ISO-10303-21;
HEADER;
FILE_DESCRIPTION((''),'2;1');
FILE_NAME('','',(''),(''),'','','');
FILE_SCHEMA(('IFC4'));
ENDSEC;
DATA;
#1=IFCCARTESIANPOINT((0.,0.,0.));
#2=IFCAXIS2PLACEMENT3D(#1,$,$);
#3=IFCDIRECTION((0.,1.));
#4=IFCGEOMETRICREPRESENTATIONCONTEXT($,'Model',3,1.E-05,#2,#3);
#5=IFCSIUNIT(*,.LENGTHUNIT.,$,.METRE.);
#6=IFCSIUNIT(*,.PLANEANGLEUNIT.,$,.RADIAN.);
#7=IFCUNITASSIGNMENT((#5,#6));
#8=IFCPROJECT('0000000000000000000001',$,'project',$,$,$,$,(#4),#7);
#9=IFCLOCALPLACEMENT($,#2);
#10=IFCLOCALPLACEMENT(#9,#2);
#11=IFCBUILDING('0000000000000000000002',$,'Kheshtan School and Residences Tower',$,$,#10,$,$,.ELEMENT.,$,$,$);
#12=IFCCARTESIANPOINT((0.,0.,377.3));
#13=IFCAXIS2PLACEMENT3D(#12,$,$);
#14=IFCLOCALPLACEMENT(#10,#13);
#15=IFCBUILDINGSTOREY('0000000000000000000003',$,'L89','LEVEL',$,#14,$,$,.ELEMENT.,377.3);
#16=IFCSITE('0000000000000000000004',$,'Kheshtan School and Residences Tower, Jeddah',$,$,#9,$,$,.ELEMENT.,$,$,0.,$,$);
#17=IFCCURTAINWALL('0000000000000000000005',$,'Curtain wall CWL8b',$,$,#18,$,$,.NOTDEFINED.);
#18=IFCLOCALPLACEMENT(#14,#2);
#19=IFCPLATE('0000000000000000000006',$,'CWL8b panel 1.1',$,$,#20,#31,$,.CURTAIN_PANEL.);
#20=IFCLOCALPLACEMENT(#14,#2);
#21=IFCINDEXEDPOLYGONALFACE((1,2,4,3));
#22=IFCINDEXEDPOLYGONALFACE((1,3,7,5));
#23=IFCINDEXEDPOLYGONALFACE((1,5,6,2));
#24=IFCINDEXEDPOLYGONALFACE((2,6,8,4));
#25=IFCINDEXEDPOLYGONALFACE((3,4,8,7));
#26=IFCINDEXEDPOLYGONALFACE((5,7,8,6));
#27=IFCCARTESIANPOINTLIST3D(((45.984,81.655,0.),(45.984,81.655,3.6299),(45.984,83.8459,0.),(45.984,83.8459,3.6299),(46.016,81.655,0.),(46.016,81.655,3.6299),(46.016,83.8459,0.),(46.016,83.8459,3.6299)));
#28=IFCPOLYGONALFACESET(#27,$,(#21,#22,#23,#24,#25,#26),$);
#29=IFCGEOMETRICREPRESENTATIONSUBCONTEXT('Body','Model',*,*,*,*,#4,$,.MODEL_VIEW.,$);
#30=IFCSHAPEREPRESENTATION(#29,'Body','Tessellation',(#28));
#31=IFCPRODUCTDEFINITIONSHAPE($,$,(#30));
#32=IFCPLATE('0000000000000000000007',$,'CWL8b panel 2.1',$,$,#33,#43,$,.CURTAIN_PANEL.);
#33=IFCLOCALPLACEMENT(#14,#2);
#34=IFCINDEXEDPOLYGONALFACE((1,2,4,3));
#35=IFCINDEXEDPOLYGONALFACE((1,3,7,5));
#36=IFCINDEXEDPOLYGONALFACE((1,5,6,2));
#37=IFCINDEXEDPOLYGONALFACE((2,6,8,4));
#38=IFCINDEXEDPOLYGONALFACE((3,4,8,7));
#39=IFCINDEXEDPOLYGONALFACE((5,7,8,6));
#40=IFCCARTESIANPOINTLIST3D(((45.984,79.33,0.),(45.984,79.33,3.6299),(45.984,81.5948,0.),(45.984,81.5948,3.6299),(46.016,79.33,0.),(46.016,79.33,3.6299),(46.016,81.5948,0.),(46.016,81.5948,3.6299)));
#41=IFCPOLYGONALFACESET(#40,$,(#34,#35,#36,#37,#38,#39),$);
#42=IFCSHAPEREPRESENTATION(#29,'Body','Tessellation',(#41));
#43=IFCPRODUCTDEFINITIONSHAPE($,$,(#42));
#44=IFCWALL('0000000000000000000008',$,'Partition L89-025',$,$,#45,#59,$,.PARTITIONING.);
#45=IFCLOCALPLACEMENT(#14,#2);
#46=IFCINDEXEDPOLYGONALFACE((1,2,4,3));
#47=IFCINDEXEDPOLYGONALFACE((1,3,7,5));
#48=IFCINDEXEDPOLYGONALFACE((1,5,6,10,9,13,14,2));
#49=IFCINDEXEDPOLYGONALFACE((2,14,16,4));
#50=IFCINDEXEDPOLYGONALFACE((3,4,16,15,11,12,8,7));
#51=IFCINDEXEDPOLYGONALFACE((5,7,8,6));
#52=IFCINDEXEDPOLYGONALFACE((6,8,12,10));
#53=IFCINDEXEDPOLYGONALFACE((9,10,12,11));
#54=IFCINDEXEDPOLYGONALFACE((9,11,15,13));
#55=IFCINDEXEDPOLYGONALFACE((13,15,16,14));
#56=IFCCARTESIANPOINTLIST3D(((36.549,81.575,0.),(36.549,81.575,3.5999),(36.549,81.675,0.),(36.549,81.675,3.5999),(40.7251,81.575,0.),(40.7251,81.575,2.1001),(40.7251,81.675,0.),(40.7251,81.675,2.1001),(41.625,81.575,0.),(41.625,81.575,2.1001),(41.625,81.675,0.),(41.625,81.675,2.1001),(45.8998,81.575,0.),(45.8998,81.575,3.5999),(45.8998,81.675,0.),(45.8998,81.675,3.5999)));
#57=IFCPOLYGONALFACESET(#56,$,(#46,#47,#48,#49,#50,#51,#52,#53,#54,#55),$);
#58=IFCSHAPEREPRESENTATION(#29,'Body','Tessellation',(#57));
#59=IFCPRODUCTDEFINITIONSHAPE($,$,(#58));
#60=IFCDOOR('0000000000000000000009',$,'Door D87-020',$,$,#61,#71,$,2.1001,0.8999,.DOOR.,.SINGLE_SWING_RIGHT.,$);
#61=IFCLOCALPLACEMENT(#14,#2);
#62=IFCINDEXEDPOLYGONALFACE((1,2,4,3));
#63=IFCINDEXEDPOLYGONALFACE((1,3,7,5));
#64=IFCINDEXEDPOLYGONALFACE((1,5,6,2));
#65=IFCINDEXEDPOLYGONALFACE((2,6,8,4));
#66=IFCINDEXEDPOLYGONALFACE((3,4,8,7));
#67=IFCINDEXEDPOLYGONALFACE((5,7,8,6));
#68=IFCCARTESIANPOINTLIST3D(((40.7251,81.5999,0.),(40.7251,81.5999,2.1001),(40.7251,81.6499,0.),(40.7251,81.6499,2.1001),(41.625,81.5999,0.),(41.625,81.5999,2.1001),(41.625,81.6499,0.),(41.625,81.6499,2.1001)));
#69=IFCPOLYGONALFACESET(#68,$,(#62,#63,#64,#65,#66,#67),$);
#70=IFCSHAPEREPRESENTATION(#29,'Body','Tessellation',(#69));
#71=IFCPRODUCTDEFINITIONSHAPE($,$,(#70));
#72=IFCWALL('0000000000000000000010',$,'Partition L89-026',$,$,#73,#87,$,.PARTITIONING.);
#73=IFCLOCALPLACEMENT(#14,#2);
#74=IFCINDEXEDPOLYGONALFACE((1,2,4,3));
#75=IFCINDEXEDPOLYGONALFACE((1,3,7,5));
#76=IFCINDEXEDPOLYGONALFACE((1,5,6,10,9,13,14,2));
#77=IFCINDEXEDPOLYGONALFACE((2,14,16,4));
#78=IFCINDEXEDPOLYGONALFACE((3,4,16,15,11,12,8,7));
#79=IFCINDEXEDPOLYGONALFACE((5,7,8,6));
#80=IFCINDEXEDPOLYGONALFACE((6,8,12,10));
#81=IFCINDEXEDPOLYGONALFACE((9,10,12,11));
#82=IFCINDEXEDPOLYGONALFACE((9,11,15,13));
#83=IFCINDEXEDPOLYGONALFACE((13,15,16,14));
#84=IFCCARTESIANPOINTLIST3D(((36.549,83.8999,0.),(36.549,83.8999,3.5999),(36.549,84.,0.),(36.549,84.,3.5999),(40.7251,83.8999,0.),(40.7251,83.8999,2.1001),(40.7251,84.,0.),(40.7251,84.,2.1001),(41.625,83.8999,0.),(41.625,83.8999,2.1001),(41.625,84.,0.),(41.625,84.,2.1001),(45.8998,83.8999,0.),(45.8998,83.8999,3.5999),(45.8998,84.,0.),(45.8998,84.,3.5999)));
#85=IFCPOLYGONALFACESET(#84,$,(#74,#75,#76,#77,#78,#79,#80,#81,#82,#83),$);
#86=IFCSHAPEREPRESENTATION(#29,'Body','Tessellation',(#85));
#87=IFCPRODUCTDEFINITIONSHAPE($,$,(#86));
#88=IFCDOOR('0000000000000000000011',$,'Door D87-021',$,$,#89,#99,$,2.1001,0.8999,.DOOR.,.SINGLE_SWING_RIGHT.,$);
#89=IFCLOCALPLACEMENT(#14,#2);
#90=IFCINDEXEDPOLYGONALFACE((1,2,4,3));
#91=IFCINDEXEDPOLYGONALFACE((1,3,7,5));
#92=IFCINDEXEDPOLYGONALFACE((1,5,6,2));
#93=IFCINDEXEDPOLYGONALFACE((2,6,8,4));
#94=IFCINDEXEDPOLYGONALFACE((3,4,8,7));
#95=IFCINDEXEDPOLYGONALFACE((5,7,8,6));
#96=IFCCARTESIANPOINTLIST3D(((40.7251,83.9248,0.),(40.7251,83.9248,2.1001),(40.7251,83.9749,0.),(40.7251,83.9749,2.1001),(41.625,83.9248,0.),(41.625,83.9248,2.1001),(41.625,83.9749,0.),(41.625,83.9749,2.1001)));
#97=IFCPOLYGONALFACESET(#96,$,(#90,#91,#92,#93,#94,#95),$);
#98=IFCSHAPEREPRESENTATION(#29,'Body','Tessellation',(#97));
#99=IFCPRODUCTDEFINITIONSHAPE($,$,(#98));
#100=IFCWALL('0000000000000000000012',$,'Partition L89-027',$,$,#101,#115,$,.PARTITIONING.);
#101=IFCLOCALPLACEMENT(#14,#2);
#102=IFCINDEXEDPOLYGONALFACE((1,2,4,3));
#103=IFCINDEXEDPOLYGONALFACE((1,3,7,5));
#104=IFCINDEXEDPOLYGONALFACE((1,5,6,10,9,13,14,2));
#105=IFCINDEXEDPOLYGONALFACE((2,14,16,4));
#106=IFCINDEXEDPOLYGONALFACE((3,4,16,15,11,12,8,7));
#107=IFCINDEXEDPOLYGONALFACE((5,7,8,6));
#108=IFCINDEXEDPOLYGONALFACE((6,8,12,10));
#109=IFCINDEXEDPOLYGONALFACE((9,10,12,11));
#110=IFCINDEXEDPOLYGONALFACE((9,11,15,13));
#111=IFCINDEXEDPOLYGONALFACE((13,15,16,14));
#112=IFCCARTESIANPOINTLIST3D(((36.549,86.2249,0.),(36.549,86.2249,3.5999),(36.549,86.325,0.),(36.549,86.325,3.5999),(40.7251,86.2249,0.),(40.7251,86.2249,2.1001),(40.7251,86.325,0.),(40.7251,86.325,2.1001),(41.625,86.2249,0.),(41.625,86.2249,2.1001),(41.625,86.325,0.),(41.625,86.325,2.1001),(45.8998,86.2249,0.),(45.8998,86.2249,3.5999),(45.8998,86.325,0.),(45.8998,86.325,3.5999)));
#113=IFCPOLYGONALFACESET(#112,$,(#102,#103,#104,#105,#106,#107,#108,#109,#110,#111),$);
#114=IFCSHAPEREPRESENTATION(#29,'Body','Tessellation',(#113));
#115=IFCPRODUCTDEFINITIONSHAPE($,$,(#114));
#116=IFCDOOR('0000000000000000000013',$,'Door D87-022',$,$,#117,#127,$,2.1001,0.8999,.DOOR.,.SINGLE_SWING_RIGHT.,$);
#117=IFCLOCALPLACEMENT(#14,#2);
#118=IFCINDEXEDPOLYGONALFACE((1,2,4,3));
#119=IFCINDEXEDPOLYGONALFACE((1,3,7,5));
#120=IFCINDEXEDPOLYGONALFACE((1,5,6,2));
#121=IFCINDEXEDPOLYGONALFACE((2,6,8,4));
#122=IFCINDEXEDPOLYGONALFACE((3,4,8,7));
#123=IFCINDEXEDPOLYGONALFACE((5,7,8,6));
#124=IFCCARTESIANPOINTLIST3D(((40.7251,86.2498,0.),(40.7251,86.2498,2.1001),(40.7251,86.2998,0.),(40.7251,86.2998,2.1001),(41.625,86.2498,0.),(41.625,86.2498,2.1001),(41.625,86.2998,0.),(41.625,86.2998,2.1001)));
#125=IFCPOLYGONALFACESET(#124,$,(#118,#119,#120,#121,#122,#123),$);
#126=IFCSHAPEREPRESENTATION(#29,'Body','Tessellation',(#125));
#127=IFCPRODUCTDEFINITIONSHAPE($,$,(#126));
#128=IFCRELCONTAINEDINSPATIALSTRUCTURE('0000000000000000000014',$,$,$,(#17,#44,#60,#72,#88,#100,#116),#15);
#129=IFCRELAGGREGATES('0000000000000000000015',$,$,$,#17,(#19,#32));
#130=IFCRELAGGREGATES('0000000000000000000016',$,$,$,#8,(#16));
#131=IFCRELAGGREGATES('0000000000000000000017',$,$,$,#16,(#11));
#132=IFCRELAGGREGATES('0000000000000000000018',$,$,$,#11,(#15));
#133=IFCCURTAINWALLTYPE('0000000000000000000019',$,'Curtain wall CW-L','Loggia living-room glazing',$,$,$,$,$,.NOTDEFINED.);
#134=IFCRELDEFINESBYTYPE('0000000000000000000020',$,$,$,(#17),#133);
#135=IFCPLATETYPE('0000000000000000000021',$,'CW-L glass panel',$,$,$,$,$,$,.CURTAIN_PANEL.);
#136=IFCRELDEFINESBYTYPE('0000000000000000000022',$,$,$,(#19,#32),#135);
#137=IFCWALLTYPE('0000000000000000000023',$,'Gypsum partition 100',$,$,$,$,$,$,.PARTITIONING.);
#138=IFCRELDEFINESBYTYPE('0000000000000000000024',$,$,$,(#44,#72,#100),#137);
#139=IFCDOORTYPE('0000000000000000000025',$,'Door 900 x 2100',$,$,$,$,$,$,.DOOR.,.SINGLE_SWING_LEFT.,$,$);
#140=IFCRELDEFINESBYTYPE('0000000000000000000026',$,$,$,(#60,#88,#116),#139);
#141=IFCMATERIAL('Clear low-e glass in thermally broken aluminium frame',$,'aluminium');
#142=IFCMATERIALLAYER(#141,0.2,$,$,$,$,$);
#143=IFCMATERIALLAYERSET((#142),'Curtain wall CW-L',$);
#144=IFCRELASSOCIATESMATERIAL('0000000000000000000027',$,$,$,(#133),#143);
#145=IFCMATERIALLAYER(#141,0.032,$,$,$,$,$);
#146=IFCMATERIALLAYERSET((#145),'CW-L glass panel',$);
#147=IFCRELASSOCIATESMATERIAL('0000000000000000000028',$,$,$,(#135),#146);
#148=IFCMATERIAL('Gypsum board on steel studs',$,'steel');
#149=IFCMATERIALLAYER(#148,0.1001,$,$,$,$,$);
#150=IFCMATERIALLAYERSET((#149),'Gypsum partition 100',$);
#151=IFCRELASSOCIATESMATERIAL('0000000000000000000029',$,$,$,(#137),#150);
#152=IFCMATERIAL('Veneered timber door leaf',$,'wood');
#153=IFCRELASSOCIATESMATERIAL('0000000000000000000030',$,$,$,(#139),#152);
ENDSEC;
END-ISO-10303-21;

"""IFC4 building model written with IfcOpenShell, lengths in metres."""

from ifc_helpers import new_model, si_unit, direction, frame, frame_2d, origin, origin_2d, place, context, subcontext, project, spatial, rectangle, extrude, source, transform, mapped, material, layer, layer_set, type_object, element, fill, aggregate, save


model = new_model("IFC4")

# Units and contexts
model_context = context("Model", 3, precision=1e-05, world=origin(), true_north=direction((0.0, 1.0)))
body_context = subcontext(model_context, "Body", "Model", "MODEL_VIEW")
ifc_project = project(units=[si_unit("LENGTHUNIT", "METRE"), si_unit("PLANEANGLEUNIT", "RADIAN")], contexts=[model_context])

# Site, building, storey
site_placement = place(None, origin())
site = spatial("IfcSite", under=ifc_project, at=site_placement, Name="Kheshtan School and Residences Tower, Jeddah", CompositionType="ELEMENT", RefElevation=0.0)
building_placement = place(site_placement, origin())
building = spatial("IfcBuilding", under=site, at=building_placement, Name="Kheshtan School and Residences Tower", CompositionType="ELEMENT")
storey_placement = place(building_placement, frame((0.0, 0.0, 377.3)))
storey = spatial("IfcBuildingStorey", under=building, at=storey_placement, Name="L89", Description="LEVEL", CompositionType="ELEMENT", Elevation=377.3)

# Shared definitions
ifc_material_1 = material(Name="Clear low-e glass in thermally broken aluminium frame", Category="aluminium")
ifc_layer_1 = layer(ifc_material_1, 0.2)
ifc_layer_set_1 = layer_set([ifc_layer_1], Name="Curtain wall CW-L")
curtain_wall_type = type_object("IfcCurtainWallType", Name="Curtain wall CW-L", Description="Loggia living-room glazing", PredefinedType="NOTDEFINED", material=ifc_layer_set_1)

# Curtain wall
curtain_wall_1_placement = place(storey_placement, origin())
curtain_wall_1 = element("IfcCurtainWall", 1, at=curtain_wall_1_placement, inside=storey, type_object=curtain_wall_type, Name="Curtain wall CWL8b", PredefinedType="NOTDEFINED")

# Plates
ifc_layer_2 = layer(ifc_material_1, 0.032)
ifc_layer_set_2 = layer_set([ifc_layer_2], Name="CW-L glass panel")
plate_type = type_object("IfcPlateType", Name="CW-L glass panel", PredefinedType="CURTAIN_PANEL", material=ifc_layer_set_2)
plate_1_placement = place(storey_placement, frame((46.0, 82.7505, 0.0), z_axis=(0.0, 0.0, 1.0), x_axis=(0.0, -1.0, 0.0)))
plate_1 = element("IfcPlate", 2, at=plate_1_placement, type_object=plate_type, Name="CWL8b panel 1.1", PredefinedType="CURTAIN_PANEL", context=body_context, shape_type="SweptSolid", body=[
    extrude(rectangle(XDim=2.1909, YDim=0.032, at=origin_2d()), origin(), (0.0, 0.0, 1.0), 3.6299),
])
plate_2_placement = place(storey_placement, frame((46.0, 80.4624, 0.0), z_axis=(0.0, 0.0, 1.0), x_axis=(0.0, -1.0, 0.0)))
plate_2 = element("IfcPlate", 3, at=plate_2_placement, type_object=plate_type, Name="CWL8b panel 2.1", PredefinedType="CURTAIN_PANEL", context=body_context, shape_type="SweptSolid", body=[
    extrude(rectangle(XDim=2.2649, YDim=0.032, at=origin_2d()), origin(), (0.0, 0.0, 1.0), 3.6299),
])
aggregate(curtain_wall_1, [plate_1, plate_2])

# Walls, openings, doors
ifc_material_2 = material(Name="Gypsum board on steel studs", Category="steel")
ifc_layer_3 = layer(ifc_material_2, 0.1001)
ifc_layer_set_3 = layer_set([ifc_layer_3], Name="Gypsum partition 100")
wall_type_1 = type_object("IfcWallType", Name="Gypsum partition 100", PredefinedType="PARTITIONING", material=ifc_layer_set_3)
wall_1_placement = place(storey_placement, frame((36.5491, 81.625, 0.0), z_axis=(0.0, 0.0, 1.0), x_axis=(1.0, 0.0, 0.0)))
wall_1 = element("IfcWall", 4, at=wall_1_placement, inside=storey, type_object=wall_type_1, Name="Partition L89-025", PredefinedType="PARTITIONING", context=body_context, shape_type="SweptSolid", body=[
    extrude(rectangle(XDim=9.3508, YDim=0.1001, at=frame_2d((4.6753, 0.0))), origin(), (0.0, 0.0, 1.0), 3.5999),
])
opening_1_placement = place(wall_1_placement, frame((4.176, 0.0, 0.0)))
opening_1 = element("IfcOpeningElement", 5, at=opening_1_placement, cuts=wall_1, PredefinedType="OPENING", context=body_context, shape_type="SweptSolid", body=[
    extrude(rectangle(XDim=0.8999, YDim=2.1001, at=frame_2d((0.45, 1.05))), frame((0.0, 0.0601, 0.0), z_axis=(0.0, -1.0, 0.0), x_axis=(1.0, 0.0, 0.0)), (0.0, 0.0, 1.0), 0.1201),
])
ifc_material_3 = material(Name="Veneered timber door leaf", Category="wood")
door_type_1 = type_object("IfcDoorType", Name="Door 900 x 2100", OperationType="SINGLE_SWING_LEFT", PredefinedType="DOOR", material=ifc_material_3)
shared_shape_1 = source(origin(), body_context, "Body", "SweptSolid", [
    extrude(rectangle(XDim=0.8999, YDim=2.1001, at=frame_2d((0.45, 1.05))), frame((0.0, 0.0249, 0.0), z_axis=(0.0, -1.0, 0.0), x_axis=(1.0, 0.0, 0.0)), (0.0, 0.0, 1.0), 0.05),
])
door_1_placement = place(opening_1_placement, origin())
door_1 = element("IfcDoor", 6, at=door_1_placement, inside=storey, type_object=door_type_1, Name="Door D87-020", OperationType="SINGLE_SWING_RIGHT", OverallHeight=2.1001, OverallWidth=0.8999, PredefinedType="DOOR", context=body_context, shape_type="MappedRepresentation", body=[
    mapped(shared_shape_1, transform((0.0, 0.0, 0.0), x_axis=(1.0, 0.0, 0.0), y_axis=(0.0, 1.0, 0.0), z_axis=(0.0, 0.0, 1.0), scale=1.0)),
])
fill(opening_1, door_1)
wall_2_placement = place(storey_placement, frame((36.5491, 83.95, 0.0), z_axis=(0.0, 0.0, 1.0), x_axis=(1.0, 0.0, 0.0)))
wall_2 = element("IfcWall", 7, at=wall_2_placement, inside=storey, type_object=wall_type_1, Name="Partition L89-026", PredefinedType="PARTITIONING", context=body_context, shape_type="SweptSolid", body=[
    extrude(rectangle(XDim=9.3508, YDim=0.1001, at=frame_2d((4.6753, 0.0))), origin(), (0.0, 0.0, 1.0), 3.5999),
])
opening_2_placement = place(wall_2_placement, frame((4.176, 0.0, 0.0)))
opening_2 = element("IfcOpeningElement", 8, at=opening_2_placement, cuts=wall_2, PredefinedType="OPENING", context=body_context, shape_type="SweptSolid", body=[
    extrude(rectangle(XDim=0.8999, YDim=2.1001, at=frame_2d((0.45, 1.05))), frame((0.0, 0.0601, 0.0), z_axis=(0.0, -1.0, 0.0), x_axis=(1.0, 0.0, 0.0)), (0.0, 0.0, 1.0), 0.1201),
])
door_2_placement = place(opening_2_placement, origin())
door_2 = element("IfcDoor", 9, at=door_2_placement, inside=storey, type_object=door_type_1, Name="Door D87-021", OperationType="SINGLE_SWING_RIGHT", OverallHeight=2.1001, OverallWidth=0.8999, PredefinedType="DOOR", context=body_context, shape_type="MappedRepresentation", body=[
    mapped(shared_shape_1, transform((0.0, 0.0, 0.0), x_axis=(1.0, 0.0, 0.0), y_axis=(0.0, 1.0, 0.0), z_axis=(0.0, 0.0, 1.0), scale=1.0)),
])
fill(opening_2, door_2)
wall_3_placement = place(storey_placement, frame((36.5491, 86.2749, 0.0), z_axis=(0.0, 0.0, 1.0), x_axis=(1.0, 0.0, 0.0)))
wall_3 = element("IfcWall", 10, at=wall_3_placement, inside=storey, type_object=wall_type_1, Name="Partition L89-027", PredefinedType="PARTITIONING", context=body_context, shape_type="SweptSolid", body=[
    extrude(rectangle(XDim=9.3508, YDim=0.1001, at=frame_2d((4.6753, 0.0))), origin(), (0.0, 0.0, 1.0), 3.5999),
])
opening_3_placement = place(wall_3_placement, frame((4.176, 0.0, 0.0)))
opening_3 = element("IfcOpeningElement", 11, at=opening_3_placement, cuts=wall_3, PredefinedType="OPENING", context=body_context, shape_type="SweptSolid", body=[
    extrude(rectangle(XDim=0.8999, YDim=2.1001, at=frame_2d((0.45, 1.05))), frame((0.0, 0.0601, 0.0), z_axis=(0.0, -1.0, 0.0), x_axis=(1.0, 0.0, 0.0)), (0.0, 0.0, 1.0), 0.1201),
])
door_3_placement = place(opening_3_placement, origin())
door_3 = element("IfcDoor", 12, at=door_3_placement, inside=storey, type_object=door_type_1, Name="Door D87-022", OperationType="SINGLE_SWING_RIGHT", OverallHeight=2.1001, OverallWidth=0.8999, PredefinedType="DOOR", context=body_context, shape_type="MappedRepresentation", body=[
    mapped(shared_shape_1, transform((0.0, 0.0, 0.0), x_axis=(1.0, 0.0, 0.0), y_axis=(0.0, 1.0, 0.0), z_axis=(0.0, 0.0, 1.0), scale=1.0)),
])
fill(opening_3, door_3)

save(model, "model.ifc")
